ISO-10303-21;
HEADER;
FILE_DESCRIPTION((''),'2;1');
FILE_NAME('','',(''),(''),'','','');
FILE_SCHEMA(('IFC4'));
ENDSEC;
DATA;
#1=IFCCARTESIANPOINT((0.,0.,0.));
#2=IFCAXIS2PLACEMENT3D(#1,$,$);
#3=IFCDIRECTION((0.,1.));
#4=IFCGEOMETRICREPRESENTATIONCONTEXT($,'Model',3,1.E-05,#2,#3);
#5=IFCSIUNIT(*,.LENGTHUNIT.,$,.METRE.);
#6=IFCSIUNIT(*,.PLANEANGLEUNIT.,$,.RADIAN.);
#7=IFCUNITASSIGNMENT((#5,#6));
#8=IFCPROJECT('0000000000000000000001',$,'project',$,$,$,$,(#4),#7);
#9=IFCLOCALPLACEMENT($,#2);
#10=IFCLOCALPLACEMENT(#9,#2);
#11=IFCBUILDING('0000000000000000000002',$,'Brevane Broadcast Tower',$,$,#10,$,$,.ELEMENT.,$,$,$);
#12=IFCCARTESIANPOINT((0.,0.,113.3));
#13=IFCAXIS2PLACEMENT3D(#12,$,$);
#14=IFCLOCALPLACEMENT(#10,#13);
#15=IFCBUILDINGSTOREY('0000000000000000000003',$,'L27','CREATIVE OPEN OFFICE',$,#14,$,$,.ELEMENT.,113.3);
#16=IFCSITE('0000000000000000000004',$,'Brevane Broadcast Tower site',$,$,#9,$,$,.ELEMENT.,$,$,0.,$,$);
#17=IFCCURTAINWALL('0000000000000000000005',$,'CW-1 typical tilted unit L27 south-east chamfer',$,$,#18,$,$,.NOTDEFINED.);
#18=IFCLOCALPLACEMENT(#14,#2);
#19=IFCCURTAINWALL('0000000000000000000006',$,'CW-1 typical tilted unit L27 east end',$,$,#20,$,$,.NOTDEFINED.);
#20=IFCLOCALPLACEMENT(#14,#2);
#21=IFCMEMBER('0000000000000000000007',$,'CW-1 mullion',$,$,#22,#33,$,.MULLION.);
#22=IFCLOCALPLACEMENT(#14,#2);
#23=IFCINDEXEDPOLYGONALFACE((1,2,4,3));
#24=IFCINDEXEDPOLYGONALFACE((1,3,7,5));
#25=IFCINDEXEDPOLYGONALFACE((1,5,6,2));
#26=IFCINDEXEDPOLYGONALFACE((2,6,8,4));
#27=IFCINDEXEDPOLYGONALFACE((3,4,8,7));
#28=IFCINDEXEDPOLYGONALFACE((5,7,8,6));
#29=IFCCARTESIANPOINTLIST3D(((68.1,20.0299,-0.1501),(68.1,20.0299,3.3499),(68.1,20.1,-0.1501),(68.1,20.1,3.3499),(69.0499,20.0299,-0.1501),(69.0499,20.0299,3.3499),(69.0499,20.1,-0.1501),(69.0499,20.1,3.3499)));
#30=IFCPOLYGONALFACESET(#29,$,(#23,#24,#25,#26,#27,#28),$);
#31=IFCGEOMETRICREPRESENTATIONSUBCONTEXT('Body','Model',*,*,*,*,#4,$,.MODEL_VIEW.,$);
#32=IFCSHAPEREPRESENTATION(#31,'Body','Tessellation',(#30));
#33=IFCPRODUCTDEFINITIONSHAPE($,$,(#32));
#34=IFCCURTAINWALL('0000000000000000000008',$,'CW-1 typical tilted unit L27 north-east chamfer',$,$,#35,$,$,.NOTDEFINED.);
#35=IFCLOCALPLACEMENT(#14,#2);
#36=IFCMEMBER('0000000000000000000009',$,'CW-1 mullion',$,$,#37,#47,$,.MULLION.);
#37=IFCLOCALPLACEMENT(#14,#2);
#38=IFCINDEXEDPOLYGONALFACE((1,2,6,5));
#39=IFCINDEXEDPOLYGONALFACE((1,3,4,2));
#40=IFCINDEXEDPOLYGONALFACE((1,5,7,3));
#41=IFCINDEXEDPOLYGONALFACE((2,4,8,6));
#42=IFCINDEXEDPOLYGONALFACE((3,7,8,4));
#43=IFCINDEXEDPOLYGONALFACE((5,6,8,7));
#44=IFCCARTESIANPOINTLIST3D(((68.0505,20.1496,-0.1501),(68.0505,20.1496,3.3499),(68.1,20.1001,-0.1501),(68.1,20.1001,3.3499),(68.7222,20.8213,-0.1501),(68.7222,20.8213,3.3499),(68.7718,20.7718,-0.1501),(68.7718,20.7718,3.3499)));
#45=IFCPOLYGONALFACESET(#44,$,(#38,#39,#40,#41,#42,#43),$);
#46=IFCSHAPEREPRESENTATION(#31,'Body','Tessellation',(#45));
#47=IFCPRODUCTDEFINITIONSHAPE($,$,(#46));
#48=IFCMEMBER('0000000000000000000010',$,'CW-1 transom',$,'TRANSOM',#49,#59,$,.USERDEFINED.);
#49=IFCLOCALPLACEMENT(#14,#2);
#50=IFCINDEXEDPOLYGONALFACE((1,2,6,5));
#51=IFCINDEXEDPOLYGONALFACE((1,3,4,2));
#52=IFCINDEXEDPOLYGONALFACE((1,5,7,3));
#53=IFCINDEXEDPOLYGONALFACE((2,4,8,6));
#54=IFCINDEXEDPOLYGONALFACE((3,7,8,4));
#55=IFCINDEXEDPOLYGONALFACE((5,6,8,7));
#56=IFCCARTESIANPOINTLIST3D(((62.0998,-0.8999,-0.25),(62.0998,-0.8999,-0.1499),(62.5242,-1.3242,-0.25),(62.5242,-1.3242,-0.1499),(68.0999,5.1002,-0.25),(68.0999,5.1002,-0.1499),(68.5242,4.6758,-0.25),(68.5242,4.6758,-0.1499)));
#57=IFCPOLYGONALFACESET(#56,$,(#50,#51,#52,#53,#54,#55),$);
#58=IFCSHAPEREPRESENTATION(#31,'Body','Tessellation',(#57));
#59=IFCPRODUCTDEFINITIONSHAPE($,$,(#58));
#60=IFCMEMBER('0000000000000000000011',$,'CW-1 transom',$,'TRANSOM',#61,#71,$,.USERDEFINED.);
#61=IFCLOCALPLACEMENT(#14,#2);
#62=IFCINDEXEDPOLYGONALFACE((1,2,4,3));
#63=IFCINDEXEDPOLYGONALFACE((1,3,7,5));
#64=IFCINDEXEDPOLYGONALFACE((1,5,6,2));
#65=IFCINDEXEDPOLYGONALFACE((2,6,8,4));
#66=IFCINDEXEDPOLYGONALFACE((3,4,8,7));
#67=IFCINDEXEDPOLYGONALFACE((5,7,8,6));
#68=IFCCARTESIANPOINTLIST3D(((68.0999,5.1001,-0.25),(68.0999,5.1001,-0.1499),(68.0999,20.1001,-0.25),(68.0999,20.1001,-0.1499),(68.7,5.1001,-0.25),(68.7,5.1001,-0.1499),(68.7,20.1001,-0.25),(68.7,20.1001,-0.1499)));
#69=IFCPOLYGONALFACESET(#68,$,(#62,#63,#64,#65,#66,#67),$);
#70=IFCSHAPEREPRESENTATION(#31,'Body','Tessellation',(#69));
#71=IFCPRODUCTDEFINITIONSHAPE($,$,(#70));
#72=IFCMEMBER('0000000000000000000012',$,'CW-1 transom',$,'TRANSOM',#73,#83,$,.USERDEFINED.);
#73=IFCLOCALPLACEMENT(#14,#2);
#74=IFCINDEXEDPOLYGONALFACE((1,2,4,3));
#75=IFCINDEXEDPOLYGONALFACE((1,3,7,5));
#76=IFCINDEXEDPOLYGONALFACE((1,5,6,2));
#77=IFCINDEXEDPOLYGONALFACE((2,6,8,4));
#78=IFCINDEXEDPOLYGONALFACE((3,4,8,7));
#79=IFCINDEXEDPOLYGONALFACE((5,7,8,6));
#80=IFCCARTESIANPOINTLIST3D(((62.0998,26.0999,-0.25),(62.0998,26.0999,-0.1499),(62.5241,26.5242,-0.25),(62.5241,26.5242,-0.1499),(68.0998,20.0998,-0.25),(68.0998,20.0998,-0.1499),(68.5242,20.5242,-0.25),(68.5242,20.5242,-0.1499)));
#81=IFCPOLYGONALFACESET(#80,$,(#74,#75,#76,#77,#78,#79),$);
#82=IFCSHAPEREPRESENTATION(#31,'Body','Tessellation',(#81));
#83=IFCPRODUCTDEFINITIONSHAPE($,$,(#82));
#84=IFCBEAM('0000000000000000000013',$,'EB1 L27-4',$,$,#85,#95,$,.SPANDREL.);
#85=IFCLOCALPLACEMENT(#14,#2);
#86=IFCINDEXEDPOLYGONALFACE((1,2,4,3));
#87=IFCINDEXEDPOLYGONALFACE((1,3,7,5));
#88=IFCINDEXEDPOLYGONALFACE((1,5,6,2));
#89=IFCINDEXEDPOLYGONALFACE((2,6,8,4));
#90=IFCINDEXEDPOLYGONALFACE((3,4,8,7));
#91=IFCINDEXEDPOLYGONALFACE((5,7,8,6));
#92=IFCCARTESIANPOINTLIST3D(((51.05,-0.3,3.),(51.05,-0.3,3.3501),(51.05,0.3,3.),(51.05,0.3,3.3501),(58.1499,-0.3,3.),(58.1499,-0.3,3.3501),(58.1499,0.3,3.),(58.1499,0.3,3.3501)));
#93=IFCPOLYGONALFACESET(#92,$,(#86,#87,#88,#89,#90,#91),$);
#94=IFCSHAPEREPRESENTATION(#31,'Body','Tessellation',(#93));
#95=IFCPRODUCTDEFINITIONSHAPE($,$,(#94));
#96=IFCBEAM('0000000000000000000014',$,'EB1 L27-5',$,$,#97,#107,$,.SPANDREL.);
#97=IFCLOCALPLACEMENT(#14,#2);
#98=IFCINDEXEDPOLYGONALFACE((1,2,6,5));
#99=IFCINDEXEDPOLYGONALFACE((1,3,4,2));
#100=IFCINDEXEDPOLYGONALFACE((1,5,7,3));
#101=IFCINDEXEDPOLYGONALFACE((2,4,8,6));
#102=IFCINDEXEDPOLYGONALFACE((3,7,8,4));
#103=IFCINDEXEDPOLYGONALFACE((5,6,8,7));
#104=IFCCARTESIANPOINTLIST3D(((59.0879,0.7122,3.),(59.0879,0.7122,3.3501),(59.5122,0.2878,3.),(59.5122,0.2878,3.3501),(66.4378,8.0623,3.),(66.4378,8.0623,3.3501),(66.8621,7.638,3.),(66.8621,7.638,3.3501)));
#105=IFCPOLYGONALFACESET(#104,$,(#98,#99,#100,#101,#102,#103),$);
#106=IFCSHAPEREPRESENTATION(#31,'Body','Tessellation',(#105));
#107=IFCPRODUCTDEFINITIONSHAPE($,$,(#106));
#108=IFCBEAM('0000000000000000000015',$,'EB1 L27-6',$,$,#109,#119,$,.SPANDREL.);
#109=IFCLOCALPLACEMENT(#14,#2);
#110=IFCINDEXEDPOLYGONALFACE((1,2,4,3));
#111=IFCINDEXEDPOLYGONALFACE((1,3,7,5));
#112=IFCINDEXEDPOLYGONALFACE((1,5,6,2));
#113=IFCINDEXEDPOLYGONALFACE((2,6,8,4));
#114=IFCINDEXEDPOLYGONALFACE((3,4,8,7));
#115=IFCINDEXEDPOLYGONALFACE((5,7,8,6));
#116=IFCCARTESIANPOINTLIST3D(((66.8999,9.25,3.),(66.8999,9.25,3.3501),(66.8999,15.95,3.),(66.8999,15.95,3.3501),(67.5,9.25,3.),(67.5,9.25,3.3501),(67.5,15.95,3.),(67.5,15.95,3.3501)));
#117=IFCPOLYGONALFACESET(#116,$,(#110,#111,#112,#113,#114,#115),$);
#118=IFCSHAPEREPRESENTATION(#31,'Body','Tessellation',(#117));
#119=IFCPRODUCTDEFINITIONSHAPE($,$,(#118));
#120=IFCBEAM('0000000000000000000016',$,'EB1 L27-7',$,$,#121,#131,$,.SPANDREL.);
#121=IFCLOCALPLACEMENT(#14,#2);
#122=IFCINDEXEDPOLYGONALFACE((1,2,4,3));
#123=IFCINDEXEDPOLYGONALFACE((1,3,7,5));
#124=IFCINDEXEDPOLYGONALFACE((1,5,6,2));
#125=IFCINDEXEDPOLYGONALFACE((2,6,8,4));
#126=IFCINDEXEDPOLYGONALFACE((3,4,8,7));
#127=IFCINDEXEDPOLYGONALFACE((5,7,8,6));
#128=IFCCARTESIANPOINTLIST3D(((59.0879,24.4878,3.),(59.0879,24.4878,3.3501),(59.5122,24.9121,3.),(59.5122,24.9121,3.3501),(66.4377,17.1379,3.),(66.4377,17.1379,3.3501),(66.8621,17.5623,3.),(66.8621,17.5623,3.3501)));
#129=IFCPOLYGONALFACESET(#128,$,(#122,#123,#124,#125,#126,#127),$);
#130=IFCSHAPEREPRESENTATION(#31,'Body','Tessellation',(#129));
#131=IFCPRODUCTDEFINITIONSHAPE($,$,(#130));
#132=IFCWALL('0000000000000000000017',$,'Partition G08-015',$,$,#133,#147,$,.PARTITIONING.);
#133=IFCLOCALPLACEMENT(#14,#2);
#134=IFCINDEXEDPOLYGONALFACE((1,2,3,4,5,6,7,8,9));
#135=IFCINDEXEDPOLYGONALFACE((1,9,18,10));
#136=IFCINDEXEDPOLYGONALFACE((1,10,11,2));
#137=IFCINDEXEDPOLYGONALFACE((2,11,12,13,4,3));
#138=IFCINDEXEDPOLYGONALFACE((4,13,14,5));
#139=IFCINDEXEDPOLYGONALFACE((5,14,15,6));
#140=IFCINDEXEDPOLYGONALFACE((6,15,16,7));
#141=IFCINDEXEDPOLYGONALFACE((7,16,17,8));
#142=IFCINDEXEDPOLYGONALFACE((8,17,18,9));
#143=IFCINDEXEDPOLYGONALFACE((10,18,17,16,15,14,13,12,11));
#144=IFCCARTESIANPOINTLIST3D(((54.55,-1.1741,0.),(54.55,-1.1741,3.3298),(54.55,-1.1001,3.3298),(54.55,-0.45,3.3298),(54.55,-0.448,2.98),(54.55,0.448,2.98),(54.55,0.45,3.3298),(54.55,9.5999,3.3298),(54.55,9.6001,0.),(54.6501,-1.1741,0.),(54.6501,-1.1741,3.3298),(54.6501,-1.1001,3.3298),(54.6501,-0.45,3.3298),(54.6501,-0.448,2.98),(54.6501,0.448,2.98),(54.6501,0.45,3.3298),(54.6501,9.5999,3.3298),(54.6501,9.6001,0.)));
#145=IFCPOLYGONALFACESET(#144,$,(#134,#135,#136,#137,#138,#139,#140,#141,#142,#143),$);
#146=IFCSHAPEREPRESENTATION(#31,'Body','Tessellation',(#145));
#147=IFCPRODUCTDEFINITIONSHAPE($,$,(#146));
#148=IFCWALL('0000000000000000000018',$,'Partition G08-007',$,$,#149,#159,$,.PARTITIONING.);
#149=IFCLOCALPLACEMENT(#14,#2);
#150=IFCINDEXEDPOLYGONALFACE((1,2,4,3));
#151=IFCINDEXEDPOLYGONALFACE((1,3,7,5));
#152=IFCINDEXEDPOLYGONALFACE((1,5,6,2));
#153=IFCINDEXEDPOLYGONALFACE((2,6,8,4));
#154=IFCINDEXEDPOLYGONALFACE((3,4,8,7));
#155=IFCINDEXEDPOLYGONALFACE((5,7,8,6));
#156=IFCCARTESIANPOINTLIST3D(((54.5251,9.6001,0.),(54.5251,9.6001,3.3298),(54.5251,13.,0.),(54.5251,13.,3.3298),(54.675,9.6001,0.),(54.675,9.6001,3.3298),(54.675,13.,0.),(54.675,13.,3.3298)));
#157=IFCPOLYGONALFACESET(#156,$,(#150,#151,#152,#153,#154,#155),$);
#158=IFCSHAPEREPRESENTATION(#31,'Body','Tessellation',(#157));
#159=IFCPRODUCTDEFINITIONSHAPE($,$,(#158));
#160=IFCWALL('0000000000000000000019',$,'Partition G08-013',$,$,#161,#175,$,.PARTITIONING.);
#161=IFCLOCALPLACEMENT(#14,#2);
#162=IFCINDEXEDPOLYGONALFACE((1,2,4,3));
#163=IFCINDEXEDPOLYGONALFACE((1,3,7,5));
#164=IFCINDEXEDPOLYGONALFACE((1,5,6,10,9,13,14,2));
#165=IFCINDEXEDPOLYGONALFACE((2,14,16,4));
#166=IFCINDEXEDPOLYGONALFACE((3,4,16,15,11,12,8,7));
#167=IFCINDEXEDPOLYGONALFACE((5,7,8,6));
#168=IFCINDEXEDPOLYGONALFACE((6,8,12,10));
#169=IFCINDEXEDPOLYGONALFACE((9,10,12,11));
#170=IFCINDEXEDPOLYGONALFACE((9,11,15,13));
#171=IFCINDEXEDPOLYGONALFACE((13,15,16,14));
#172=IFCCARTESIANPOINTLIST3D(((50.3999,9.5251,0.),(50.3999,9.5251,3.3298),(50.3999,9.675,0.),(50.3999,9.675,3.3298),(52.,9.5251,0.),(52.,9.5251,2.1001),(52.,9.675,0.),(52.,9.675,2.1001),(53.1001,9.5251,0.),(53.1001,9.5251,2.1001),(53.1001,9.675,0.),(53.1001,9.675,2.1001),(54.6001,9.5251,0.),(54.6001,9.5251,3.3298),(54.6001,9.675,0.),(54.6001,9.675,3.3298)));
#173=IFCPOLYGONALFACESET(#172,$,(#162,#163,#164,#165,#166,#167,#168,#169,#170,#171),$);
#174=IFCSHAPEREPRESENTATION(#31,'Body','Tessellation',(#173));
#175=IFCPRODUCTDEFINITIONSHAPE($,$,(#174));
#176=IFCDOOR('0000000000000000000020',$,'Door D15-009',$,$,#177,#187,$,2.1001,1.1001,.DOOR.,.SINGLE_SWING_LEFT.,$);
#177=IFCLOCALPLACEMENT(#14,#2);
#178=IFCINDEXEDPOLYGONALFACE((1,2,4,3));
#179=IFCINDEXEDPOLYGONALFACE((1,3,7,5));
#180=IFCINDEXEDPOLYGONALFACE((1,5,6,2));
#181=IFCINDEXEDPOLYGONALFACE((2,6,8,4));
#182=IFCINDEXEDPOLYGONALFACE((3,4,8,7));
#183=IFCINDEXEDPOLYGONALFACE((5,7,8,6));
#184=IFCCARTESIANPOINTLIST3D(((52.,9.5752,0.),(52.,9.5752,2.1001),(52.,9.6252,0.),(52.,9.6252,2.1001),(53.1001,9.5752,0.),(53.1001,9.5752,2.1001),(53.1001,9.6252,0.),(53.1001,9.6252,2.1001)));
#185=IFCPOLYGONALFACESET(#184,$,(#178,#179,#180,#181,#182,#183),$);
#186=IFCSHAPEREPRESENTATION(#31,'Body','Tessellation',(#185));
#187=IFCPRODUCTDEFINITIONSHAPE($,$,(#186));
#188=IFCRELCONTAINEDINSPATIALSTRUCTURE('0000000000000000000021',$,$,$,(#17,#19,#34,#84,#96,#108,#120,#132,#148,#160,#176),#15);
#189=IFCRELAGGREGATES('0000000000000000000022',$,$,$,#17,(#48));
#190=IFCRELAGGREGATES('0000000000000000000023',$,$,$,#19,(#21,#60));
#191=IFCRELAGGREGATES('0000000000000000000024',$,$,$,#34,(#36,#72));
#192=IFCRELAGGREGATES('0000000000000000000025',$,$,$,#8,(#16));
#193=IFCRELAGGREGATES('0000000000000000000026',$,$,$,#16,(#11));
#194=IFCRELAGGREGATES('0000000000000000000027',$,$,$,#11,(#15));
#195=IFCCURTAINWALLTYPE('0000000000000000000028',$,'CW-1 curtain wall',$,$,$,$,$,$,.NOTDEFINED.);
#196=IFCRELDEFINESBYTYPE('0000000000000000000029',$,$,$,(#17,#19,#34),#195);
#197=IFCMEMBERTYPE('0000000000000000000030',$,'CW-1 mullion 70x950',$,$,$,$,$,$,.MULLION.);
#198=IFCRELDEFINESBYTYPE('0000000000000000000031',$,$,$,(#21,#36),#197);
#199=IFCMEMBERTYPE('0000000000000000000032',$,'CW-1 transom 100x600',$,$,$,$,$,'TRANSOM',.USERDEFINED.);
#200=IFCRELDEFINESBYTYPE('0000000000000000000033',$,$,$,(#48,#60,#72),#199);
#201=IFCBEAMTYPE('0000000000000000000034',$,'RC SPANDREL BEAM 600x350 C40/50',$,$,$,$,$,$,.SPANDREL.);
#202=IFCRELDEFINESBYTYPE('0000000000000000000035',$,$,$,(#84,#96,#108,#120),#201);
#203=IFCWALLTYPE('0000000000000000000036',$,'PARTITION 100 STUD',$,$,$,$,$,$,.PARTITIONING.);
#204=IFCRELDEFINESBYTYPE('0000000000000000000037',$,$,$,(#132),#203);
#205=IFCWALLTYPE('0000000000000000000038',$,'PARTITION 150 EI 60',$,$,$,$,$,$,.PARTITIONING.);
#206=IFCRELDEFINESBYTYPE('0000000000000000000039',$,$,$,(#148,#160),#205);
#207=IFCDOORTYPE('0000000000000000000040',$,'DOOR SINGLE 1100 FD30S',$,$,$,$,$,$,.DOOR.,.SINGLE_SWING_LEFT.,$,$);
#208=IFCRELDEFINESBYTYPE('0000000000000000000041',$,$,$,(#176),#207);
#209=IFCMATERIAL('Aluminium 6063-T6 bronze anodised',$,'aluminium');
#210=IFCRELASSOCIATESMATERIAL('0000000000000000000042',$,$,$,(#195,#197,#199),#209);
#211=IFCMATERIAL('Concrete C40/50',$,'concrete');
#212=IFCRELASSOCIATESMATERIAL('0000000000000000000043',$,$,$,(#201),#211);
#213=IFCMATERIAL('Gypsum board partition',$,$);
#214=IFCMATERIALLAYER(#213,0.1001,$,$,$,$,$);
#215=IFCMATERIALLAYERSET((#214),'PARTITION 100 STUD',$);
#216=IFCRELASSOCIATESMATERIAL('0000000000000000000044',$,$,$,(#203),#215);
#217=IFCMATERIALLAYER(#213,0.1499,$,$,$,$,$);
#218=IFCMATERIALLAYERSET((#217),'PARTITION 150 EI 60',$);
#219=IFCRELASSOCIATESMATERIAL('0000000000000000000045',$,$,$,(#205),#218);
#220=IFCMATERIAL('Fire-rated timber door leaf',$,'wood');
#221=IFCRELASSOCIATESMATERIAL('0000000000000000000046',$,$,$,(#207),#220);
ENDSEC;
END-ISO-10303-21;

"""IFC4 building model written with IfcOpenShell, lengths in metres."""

from ifc_helpers import new_model, si_unit, direction, frame, frame_2d, origin, origin_2d, place, context, subcontext, project, spatial, polyline, rectangle, outline, extrude, material, layer, layer_set, material_profile, profile_set, type_object, element, fill, aggregate, save


model = new_model("IFC4")

# Units and contexts
model_context = context("Model", 3, precision=1e-05, world=origin(), true_north=direction((0.0, 1.0)))
body_context = subcontext(model_context, "Body", "Model", "MODEL_VIEW")
ifc_project = project(units=[si_unit("LENGTHUNIT", "METRE"), si_unit("PLANEANGLEUNIT", "RADIAN")], contexts=[model_context])

# Site, building, storey
site_placement = place(None, origin())
site = spatial("IfcSite", under=ifc_project, at=site_placement, Name="Brevane Broadcast Tower site", CompositionType="ELEMENT", RefElevation=0.0)
building_placement = place(site_placement, origin())
building = spatial("IfcBuilding", under=site, at=building_placement, Name="Brevane Broadcast Tower", CompositionType="ELEMENT")
storey_placement = place(building_placement, frame((0.0, 0.0, 113.3)))
storey = spatial("IfcBuildingStorey", under=building, at=storey_placement, Name="L27", Description="CREATIVE OPEN OFFICE", CompositionType="ELEMENT", Elevation=113.3)

# Curtain walls, member
ifc_material_1 = material(Name="Aluminium 6063-T6 bronze anodised", Category="aluminium")
curtain_wall_type = type_object("IfcCurtainWallType", Name="CW-1 curtain wall", PredefinedType="NOTDEFINED", material=ifc_material_1)
ifc_material_profile_1 = material_profile(ifc_material_1, rectangle(XDim=0.95, YDim=0.0701, at=origin_2d()), Name="RECT 70x950")
ifc_profile_set_1 = profile_set([ifc_material_profile_1], Name="Aluminium 6063-T6 bronze anodised")
member_type_1 = type_object("IfcMemberType", Name="CW-1 mullion 70x950", PredefinedType="MULLION", material=ifc_profile_set_1)
curtain_wall_1_placement = place(storey_placement, origin())
curtain_wall_1 = element("IfcCurtainWall", 1, at=curtain_wall_1_placement, inside=storey, type_object=curtain_wall_type, Name="CW-1 typical tilted unit L27 south-east chamfer", PredefinedType="NOTDEFINED")
curtain_wall_2_placement = place(storey_placement, origin())
curtain_wall_2 = element("IfcCurtainWall", 2, at=curtain_wall_2_placement, inside=storey, type_object=curtain_wall_type, Name="CW-1 typical tilted unit L27 east end", PredefinedType="NOTDEFINED")
member_1_placement = place(storey_placement, frame((68.575, 20.0649, -0.1501), z_axis=(0.0, 0.0, 1.0), x_axis=(-1.0, 0.0, 0.0)))
member_1 = element("IfcMember", 3, at=member_1_placement, type_object=member_type_1, Name="CW-1 mullion", PredefinedType="MULLION", context=body_context, shape_type="SweptSolid", body=[
    extrude(rectangle(XDim=0.95, YDim=0.0701, at=origin_2d()), origin(), (0.0, 0.0, 1.0), 3.5),
])

# Curtain wall, member
curtain_wall_3_placement = place(storey_placement, origin())
curtain_wall_3 = element("IfcCurtainWall", 4, at=curtain_wall_3_placement, inside=storey, type_object=curtain_wall_type, Name="CW-1 typical tilted unit L27 north-east chamfer", PredefinedType="NOTDEFINED")
member_2_placement = place(storey_placement, frame((68.4111, 20.4607, -0.1501), z_axis=(0.0, 0.0, 1.0), x_axis=(-0.707107, -0.707107, 0.0)))
member_2 = element("IfcMember", 5, at=member_2_placement, type_object=member_type_1, Name="CW-1 mullion", PredefinedType="MULLION", context=body_context, shape_type="SweptSolid", body=[
    extrude(rectangle(XDim=0.95, YDim=0.0701, at=origin_2d()), origin(), (0.0, 0.0, 1.0), 3.5),
])

# Members
ifc_material_profile_2 = material_profile(ifc_material_1, rectangle(XDim=0.6001, YDim=0.1001, at=origin_2d()), Name="RECT 100x600")
ifc_profile_set_2 = profile_set([ifc_material_profile_2], Name="Aluminium 6063-T6 bronze anodised")
member_type_2 = type_object("IfcMemberType", Name="CW-1 transom 100x600", ElementType="TRANSOM", PredefinedType="USERDEFINED", material=ifc_profile_set_2)
member_3_placement = place(storey_placement, frame((62.312, -1.1121, -0.2), z_axis=(0.707107, 0.707107, 0.0), x_axis=(-0.707107, 0.707107, 0.0)))
member_3 = element("IfcMember", 6, at=member_3_placement, type_object=member_type_2, Name="CW-1 transom", ObjectType="TRANSOM", PredefinedType="USERDEFINED", context=body_context, shape_type="SweptSolid", body=[
    extrude(rectangle(XDim=0.6001, YDim=0.1001, at=origin_2d()), origin(), (0.0, 0.0, 1.0), 8.4854),
])
aggregate(curtain_wall_1, [member_3])
member_4_placement = place(storey_placement, frame((68.3999, 5.1001, -0.2), z_axis=(0.0, 1.0, 0.0), x_axis=(-1.0, 0.0, 0.0)))
member_4 = element("IfcMember", 7, at=member_4_placement, type_object=member_type_2, Name="CW-1 transom", ObjectType="TRANSOM", PredefinedType="USERDEFINED", context=body_context, shape_type="SweptSolid", body=[
    extrude(rectangle(XDim=0.6001, YDim=0.1001, at=origin_2d()), origin(), (0.0, 0.0, 1.0), 15.0),
])
aggregate(curtain_wall_2, [member_1, member_4])
member_5_placement = place(storey_placement, frame((68.312, 20.312, -0.2), z_axis=(-0.707107, 0.707107, 0.0), x_axis=(-0.707107, -0.707107, 0.0)))
member_5 = element("IfcMember", 8, at=member_5_placement, type_object=member_type_2, Name="CW-1 transom", ObjectType="TRANSOM", PredefinedType="USERDEFINED", context=body_context, shape_type="SweptSolid", body=[
    extrude(rectangle(XDim=0.6001, YDim=0.1001, at=origin_2d()), origin(), (0.0, 0.0, 1.0), 8.4854),
])
aggregate(curtain_wall_3, [member_2, member_5])

# Beams
ifc_material_2 = material(Name="Concrete C40/50", Category="concrete")
ifc_material_profile_3 = material_profile(ifc_material_2, rectangle(XDim=0.6001, YDim=0.3501, at=origin_2d()), Name="RC 600x350")
ifc_profile_set_3 = profile_set([ifc_material_profile_3], Name="Concrete C40/50")
beam_type = type_object("IfcBeamType", Name="RC SPANDREL BEAM 600x350 C40/50", PredefinedType="SPANDREL", material=ifc_profile_set_3)
beam_1_placement = place(storey_placement, frame((51.05, 0.0, 3.175), z_axis=(1.0, 0.0, 0.0), x_axis=(0.0, 1.0, 0.0)))
element("IfcBeam", 9, at=beam_1_placement, inside=storey, type_object=beam_type, Name="EB1 L27-4", PredefinedType="SPANDREL", context=body_context, shape_type="SweptSolid", body=[
    extrude(rectangle(XDim=0.6001, YDim=0.3501, at=origin_2d()), origin(), (0.0, 0.0, 1.0), 7.0999),
])
beam_2_placement = place(storey_placement, frame((59.3, 0.5, 3.175), z_axis=(0.707095, 0.707119, 0.0), x_axis=(-0.707119, 0.707095, 0.0)))
element("IfcBeam", 10, at=beam_2_placement, inside=storey, type_object=beam_type, Name="EB1 L27-5", PredefinedType="SPANDREL", context=body_context, shape_type="SweptSolid", body=[
    extrude(rectangle(XDim=0.6001, YDim=0.3501, at=origin_2d()), origin(), (0.0, 0.0, 1.0), 10.3945),
])
beam_3_placement = place(storey_placement, frame((67.2, 9.25, 3.175), z_axis=(0.0, 1.0, 0.0), x_axis=(-1.0, 0.0, 0.0)))
element("IfcBeam", 11, at=beam_3_placement, inside=storey, type_object=beam_type, Name="EB1 L27-6", PredefinedType="SPANDREL", context=body_context, shape_type="SweptSolid", body=[
    extrude(rectangle(XDim=0.6001, YDim=0.3501, at=origin_2d()), origin(), (0.0, 0.0, 1.0), 6.7),
])
beam_4_placement = place(storey_placement, frame((66.6499, 17.3501, 3.175), z_axis=(-0.707107, 0.707107, 0.0), x_axis=(-0.707107, -0.707107, 0.0)))
element("IfcBeam", 12, at=beam_4_placement, inside=storey, type_object=beam_type, Name="EB1 L27-7", PredefinedType="SPANDREL", context=body_context, shape_type="SweptSolid", body=[
    extrude(rectangle(XDim=0.6001, YDim=0.3501, at=origin_2d()), origin(), (0.0, 0.0, 1.0), 10.3943),
])

# Walls
ifc_material_3 = material(Name="Gypsum board partition")
ifc_layer_1 = layer(ifc_material_3, 0.1001)
ifc_layer_set_1 = layer_set([ifc_layer_1], Name="PARTITION 100 STUD")
wall_type_1 = type_object("IfcWallType", Name="PARTITION 100 STUD", PredefinedType="PARTITIONING", material=ifc_layer_set_1)
wall_1_placement = place(storey_placement, frame((54.6001, -1.1741, 0.0), z_axis=(0.0, 0.0, 1.0), x_axis=(0.0, 1.0, 0.0)))
element("IfcWall", 13, at=wall_1_placement, inside=storey, type_object=wall_type_1, Name="Partition G08-015", PredefinedType="PARTITIONING", context=body_context, shape_type="SweptSolid", body=[
    extrude(outline(polyline([(0.0, 0.0), (10.7742, 0.0), (10.7739, 3.3298), (1.624, 3.3298), (1.6221, 2.98), (0.7261, 2.98), (0.7241, 3.3298), (0.074, 3.3298), (0.0, 3.3298), (0.0, 0.0)])), frame((0.0, 0.05, 0.0), z_axis=(0.0, -1.0, 0.0), x_axis=(1.0, 0.0, 0.0)), (0.0, 0.0, 1.0), 0.1001),
])
ifc_layer_2 = layer(ifc_material_3, 0.1499)
ifc_layer_set_2 = layer_set([ifc_layer_2], Name="PARTITION 150 EI 60")
wall_type_2 = type_object("IfcWallType", Name="PARTITION 150 EI 60", PredefinedType="PARTITIONING", material=ifc_layer_set_2)
wall_2_placement = place(storey_placement, frame((54.6001, 13.0, 0.0), z_axis=(0.0, 0.0, 1.0), x_axis=(0.0, -1.0, 0.0)))
element("IfcWall", 14, at=wall_2_placement, inside=storey, type_object=wall_type_2, Name="Partition G08-007", PredefinedType="PARTITIONING", context=body_context, shape_type="SweptSolid", body=[
    extrude(rectangle(XDim=3.3999, YDim=0.1499, at=frame_2d((1.7, 0.0))), origin(), (0.0, 0.0, 1.0), 3.3298),
])

# Wall, opening, door
wall_3_placement = place(storey_placement, frame((54.6001, 9.6001, 0.0), z_axis=(0.0, 0.0, 1.0), x_axis=(-1.0, 0.0, 0.0)))
wall_3 = element("IfcWall", 15, at=wall_3_placement, inside=storey, type_object=wall_type_2, Name="Partition G08-013", PredefinedType="PARTITIONING", context=body_context, shape_type="SweptSolid", body=[
    extrude(rectangle(XDim=4.2002, YDim=0.1499, at=frame_2d((2.1001, 0.0))), origin(), (0.0, 0.0, 1.0), 3.3298),
])
opening_placement = place(wall_3_placement, frame((1.5, 0.0, 0.0)))
opening = element("IfcOpeningElement", 16, at=opening_placement, cuts=wall_3, PredefinedType="OPENING", context=body_context, shape_type="SweptSolid", body=[
    extrude(rectangle(XDim=1.1001, YDim=2.1001, at=frame_2d((0.55, 1.05))), frame((0.0, 0.085, 0.0), z_axis=(0.0, -1.0, 0.0), x_axis=(1.0, 0.0, 0.0)), (0.0, 0.0, 1.0), 0.1699),
])
ifc_material_4 = material(Name="Fire-rated timber door leaf", Category="wood")
door_type = type_object("IfcDoorType", Name="DOOR SINGLE 1100 FD30S", OperationType="SINGLE_SWING_LEFT", PredefinedType="DOOR", material=ifc_material_4)
door_placement = place(opening_placement, origin())
door = element("IfcDoor", 17, at=door_placement, inside=storey, type_object=door_type, Name="Door D15-009", OperationType="SINGLE_SWING_LEFT", OverallHeight=2.1001, OverallWidth=1.1001, PredefinedType="DOOR", context=body_context, shape_type="SweptSolid", body=[
    extrude(rectangle(XDim=1.1001, YDim=2.1001, at=frame_2d((0.55, 1.05))), frame((0.0, 0.0249, 0.0), z_axis=(0.0, -1.0, 0.0), x_axis=(1.0, 0.0, 0.0)), (0.0, 0.0, 1.0), 0.05),
])
fill(opening, door)

save(model, "model.ifc")
